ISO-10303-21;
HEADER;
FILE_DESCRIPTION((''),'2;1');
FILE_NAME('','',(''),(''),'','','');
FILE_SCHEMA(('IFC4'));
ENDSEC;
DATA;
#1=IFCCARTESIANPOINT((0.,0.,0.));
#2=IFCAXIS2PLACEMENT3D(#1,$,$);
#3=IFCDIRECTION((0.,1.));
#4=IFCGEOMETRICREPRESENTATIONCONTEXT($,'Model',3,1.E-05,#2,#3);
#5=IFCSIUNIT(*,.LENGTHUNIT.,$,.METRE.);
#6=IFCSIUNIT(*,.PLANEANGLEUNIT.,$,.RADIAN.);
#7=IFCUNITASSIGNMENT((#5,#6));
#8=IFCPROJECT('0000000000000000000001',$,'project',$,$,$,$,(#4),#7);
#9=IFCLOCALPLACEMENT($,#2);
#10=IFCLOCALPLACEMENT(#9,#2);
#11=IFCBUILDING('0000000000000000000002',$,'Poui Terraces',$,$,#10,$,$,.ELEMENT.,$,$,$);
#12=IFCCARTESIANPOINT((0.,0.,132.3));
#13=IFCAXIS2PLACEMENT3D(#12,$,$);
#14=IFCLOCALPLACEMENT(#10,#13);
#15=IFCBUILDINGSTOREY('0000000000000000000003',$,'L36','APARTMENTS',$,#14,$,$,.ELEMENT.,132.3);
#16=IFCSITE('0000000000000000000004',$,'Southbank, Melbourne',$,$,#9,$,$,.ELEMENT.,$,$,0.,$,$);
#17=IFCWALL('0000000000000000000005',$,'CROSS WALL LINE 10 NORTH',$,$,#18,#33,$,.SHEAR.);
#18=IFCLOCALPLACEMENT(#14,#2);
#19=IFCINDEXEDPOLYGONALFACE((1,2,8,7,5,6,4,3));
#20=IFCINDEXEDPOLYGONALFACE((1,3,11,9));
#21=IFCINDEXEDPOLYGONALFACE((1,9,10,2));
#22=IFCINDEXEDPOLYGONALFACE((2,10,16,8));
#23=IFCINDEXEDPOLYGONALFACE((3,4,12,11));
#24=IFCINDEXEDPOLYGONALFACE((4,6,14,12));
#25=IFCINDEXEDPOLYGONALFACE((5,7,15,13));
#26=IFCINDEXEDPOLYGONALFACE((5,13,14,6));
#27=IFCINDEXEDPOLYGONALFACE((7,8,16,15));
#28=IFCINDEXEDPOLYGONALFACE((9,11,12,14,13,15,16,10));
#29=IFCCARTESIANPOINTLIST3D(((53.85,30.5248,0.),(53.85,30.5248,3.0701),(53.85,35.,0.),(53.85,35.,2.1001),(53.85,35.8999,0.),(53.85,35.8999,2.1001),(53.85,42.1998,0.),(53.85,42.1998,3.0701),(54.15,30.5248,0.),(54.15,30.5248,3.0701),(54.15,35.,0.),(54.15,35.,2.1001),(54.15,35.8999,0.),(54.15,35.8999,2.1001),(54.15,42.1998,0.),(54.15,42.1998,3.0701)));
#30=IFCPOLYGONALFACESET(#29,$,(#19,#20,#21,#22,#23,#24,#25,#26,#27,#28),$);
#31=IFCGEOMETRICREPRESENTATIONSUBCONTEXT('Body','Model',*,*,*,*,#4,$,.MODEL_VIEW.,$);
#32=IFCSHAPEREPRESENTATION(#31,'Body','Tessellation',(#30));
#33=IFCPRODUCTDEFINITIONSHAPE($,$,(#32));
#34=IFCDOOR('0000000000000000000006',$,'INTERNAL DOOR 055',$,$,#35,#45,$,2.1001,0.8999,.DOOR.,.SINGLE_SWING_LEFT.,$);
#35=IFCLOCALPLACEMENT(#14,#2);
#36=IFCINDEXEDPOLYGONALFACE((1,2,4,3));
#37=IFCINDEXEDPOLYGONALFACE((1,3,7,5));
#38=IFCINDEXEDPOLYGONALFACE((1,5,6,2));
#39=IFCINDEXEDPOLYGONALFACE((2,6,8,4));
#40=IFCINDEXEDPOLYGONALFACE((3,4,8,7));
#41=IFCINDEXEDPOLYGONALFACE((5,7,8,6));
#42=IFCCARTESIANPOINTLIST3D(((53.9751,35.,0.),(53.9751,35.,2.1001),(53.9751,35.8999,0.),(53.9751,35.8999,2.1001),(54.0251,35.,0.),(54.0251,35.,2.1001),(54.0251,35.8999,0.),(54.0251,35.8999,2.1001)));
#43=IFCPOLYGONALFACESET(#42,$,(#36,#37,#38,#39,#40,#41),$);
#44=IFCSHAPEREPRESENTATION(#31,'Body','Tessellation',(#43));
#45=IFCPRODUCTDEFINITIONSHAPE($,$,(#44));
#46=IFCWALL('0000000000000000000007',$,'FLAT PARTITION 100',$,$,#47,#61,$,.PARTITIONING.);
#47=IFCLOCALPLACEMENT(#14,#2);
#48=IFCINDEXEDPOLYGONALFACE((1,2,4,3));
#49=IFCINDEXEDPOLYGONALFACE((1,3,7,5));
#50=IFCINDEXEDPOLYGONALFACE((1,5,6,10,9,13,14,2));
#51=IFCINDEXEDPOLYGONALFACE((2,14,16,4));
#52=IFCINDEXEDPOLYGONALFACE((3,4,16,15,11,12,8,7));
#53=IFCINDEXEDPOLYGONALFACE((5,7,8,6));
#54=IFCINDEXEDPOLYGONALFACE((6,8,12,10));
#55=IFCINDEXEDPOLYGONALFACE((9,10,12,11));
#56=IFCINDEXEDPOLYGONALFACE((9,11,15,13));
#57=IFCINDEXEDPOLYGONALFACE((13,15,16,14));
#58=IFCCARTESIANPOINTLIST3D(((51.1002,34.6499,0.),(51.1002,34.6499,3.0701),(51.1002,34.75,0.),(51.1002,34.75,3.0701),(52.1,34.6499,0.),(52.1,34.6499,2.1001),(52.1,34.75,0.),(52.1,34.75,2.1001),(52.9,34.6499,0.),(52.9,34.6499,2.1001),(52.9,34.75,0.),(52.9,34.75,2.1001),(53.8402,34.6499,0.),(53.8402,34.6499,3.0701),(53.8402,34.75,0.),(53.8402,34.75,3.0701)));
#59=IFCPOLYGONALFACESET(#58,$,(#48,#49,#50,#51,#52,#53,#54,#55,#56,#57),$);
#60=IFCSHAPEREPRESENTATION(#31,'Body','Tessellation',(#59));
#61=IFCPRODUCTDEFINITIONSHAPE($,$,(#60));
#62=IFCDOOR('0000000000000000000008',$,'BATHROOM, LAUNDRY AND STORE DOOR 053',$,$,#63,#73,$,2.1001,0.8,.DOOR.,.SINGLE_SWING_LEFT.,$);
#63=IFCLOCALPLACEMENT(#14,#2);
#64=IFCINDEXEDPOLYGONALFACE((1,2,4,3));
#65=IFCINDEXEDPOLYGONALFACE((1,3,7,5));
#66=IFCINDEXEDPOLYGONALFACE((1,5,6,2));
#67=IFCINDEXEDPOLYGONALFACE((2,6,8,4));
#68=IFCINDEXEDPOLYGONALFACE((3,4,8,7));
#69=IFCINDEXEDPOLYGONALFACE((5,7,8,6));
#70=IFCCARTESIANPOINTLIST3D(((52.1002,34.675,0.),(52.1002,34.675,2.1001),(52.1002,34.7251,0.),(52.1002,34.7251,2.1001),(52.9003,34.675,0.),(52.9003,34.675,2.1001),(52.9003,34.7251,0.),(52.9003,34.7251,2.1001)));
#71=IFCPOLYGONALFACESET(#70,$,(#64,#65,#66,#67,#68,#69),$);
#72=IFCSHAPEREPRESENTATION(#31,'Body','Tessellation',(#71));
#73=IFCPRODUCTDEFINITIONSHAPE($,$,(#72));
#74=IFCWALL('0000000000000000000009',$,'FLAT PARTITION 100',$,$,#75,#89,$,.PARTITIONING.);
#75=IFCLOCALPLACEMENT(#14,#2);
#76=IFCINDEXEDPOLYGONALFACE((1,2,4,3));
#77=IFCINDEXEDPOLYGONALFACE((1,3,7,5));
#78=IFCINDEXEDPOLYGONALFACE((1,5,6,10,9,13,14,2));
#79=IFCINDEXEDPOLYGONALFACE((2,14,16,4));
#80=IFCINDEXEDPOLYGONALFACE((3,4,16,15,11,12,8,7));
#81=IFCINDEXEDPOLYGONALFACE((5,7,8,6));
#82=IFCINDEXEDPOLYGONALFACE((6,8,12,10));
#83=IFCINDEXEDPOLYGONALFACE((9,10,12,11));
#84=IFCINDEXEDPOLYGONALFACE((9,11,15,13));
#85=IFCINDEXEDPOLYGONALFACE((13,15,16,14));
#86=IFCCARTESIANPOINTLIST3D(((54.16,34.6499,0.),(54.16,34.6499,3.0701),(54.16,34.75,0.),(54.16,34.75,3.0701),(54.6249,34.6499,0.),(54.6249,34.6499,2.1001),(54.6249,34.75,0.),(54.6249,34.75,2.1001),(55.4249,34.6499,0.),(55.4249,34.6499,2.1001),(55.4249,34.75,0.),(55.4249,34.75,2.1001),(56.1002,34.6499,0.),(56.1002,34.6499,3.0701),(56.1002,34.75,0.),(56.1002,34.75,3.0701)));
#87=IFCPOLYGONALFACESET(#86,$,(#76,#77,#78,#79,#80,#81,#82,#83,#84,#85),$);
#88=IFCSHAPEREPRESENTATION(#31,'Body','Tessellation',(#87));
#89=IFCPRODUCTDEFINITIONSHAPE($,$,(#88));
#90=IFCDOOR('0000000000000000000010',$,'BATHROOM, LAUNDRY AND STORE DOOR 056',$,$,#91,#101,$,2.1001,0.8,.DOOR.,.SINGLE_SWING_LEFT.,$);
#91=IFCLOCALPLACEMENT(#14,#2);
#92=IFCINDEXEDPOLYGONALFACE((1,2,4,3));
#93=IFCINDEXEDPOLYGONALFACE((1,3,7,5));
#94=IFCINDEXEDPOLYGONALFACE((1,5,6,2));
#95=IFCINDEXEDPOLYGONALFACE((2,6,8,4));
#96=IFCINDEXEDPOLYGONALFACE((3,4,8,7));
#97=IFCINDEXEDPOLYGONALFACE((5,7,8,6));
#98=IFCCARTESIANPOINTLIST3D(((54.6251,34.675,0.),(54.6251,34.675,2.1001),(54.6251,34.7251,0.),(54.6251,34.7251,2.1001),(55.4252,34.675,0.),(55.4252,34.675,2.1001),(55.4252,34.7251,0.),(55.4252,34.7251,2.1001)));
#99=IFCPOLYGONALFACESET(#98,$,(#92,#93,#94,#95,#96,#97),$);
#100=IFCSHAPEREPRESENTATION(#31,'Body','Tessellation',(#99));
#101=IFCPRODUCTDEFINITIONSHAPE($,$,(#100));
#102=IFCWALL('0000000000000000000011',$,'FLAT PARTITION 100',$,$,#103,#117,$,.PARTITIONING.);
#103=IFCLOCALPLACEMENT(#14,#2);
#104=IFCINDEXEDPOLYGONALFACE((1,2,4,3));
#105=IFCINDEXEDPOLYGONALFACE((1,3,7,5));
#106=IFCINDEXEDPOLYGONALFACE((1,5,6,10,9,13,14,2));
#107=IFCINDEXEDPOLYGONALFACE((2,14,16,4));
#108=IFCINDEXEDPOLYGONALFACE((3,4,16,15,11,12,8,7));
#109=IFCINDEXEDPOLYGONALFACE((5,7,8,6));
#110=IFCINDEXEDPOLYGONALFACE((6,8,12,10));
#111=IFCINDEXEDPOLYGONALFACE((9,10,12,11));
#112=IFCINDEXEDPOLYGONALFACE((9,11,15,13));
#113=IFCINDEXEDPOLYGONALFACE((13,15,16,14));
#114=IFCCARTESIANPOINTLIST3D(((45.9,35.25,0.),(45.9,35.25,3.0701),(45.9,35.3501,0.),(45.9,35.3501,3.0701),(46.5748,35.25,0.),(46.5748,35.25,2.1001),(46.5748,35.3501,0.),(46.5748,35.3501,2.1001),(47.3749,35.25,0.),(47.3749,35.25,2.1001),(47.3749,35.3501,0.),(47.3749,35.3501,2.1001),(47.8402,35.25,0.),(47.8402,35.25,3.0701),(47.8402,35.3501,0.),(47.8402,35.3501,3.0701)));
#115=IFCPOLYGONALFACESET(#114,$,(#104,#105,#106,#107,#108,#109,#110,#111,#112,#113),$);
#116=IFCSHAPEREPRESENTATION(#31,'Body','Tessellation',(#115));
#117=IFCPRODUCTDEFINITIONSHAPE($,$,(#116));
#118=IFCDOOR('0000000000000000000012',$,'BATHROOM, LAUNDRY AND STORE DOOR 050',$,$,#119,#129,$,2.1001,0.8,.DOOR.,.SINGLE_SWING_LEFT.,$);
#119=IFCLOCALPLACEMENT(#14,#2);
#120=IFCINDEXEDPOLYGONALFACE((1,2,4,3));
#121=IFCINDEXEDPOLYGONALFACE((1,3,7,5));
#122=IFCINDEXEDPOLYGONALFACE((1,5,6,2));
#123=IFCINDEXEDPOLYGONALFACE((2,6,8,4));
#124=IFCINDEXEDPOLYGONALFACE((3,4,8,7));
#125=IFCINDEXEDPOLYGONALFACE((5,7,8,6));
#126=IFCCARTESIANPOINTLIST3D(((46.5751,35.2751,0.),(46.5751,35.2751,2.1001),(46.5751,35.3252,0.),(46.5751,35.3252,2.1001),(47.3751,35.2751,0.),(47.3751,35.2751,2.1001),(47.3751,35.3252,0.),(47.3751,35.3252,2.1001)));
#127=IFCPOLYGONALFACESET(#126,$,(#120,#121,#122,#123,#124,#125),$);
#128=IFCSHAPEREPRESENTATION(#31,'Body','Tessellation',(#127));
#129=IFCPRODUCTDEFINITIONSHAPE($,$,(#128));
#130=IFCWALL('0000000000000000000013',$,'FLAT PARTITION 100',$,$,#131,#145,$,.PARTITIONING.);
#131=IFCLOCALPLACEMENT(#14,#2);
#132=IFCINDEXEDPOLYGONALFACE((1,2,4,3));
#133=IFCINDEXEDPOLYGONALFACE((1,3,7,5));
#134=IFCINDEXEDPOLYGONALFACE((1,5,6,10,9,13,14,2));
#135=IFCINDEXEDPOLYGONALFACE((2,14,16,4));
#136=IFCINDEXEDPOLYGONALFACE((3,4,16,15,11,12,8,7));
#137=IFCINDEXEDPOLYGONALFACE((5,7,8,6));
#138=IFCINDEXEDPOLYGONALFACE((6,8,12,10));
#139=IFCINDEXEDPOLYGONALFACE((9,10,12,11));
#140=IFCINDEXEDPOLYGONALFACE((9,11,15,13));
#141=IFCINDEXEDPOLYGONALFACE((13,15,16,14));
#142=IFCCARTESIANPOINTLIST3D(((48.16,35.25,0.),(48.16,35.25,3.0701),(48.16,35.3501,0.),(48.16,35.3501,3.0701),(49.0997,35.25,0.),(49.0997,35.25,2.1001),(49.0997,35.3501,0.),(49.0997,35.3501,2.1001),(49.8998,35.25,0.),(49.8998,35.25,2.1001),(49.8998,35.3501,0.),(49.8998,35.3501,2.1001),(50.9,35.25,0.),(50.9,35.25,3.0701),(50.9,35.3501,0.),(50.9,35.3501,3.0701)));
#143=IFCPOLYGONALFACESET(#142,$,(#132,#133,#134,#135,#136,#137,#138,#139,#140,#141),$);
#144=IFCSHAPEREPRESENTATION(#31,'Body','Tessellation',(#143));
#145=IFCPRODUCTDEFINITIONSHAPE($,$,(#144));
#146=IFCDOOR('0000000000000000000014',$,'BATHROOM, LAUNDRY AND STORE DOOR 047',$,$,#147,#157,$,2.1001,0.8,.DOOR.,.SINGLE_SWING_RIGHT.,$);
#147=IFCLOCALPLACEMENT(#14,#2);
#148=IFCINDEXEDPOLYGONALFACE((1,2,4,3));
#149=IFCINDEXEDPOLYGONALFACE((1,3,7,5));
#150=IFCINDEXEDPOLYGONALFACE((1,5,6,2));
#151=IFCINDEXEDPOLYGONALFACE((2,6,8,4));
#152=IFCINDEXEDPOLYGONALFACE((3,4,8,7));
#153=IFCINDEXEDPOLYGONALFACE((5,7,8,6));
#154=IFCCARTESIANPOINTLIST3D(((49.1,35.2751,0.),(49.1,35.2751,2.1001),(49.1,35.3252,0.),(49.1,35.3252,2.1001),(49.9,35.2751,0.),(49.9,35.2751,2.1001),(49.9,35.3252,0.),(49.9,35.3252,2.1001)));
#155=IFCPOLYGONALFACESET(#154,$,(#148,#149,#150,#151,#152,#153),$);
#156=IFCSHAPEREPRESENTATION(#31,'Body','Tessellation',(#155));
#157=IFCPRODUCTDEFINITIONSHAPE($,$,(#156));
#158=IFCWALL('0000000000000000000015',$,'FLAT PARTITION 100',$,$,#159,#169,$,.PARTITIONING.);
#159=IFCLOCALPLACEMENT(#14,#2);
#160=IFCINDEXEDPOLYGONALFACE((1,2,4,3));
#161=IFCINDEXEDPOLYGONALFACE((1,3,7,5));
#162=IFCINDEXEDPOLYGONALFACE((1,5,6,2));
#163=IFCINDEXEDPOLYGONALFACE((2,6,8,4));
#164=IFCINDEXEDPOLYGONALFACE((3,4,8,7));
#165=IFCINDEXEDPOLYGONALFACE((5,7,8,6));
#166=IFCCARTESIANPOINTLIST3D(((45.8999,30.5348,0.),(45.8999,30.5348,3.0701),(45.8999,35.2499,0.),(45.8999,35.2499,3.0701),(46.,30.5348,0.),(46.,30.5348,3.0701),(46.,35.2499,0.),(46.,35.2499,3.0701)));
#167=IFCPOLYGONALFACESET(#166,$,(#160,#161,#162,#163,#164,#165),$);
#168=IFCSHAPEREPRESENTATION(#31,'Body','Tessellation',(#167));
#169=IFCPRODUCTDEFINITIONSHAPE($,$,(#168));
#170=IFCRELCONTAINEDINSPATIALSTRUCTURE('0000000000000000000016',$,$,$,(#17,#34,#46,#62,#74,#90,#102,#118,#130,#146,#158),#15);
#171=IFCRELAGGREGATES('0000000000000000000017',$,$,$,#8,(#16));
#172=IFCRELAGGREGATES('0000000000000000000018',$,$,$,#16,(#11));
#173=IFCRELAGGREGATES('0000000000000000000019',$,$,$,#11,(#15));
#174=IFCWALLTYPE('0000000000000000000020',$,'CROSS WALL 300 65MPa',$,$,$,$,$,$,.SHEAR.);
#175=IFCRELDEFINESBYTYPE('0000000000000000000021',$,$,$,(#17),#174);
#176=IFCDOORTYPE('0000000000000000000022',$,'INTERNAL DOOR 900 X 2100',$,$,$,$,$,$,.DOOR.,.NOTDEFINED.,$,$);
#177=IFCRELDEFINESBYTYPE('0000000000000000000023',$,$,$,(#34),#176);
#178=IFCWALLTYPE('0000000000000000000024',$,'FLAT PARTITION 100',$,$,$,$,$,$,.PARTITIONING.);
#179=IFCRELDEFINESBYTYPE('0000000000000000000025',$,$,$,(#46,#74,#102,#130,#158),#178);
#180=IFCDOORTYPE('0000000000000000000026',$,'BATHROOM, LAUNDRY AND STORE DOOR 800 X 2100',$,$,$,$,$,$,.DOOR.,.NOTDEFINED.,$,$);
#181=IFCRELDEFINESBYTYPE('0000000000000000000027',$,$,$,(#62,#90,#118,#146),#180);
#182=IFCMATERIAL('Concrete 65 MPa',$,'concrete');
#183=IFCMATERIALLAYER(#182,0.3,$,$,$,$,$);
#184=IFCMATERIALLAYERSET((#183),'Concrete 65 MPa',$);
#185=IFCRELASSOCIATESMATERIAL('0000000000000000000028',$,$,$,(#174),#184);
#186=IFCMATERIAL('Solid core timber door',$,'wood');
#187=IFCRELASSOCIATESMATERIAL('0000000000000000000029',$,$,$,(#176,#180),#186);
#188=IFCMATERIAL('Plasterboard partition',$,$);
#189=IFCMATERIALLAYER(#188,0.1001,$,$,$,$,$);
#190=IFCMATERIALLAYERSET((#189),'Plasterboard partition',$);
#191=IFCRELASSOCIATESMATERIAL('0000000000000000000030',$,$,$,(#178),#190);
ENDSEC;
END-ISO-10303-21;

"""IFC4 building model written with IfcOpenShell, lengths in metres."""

from ifc_helpers import new_model, si_unit, direction, frame, frame_2d, origin, place, context, subcontext, project, spatial, rectangle, extrude, material, layer, layer_set, type_object, element, fill, save


model = new_model("IFC4")

# Units and contexts
model_context = context("Model", 3, precision=1e-05, world=origin(), true_north=direction((0.0, 1.0)))
body_context = subcontext(model_context, "Body", "Model", "MODEL_VIEW")
ifc_project = project(units=[si_unit("LENGTHUNIT", "METRE"), si_unit("PLANEANGLEUNIT", "RADIAN")], contexts=[model_context])

# Site, building, storey
site_placement = place(None, origin())
site = spatial("IfcSite", under=ifc_project, at=site_placement, Name="Southbank, Melbourne", CompositionType="ELEMENT", RefElevation=0.0)
building_placement = place(site_placement, origin())
building = spatial("IfcBuilding", under=site, at=building_placement, Name="Poui Terraces", CompositionType="ELEMENT")
storey_placement = place(building_placement, frame((0.0, 0.0, 132.3)))
storey = spatial("IfcBuildingStorey", under=building, at=storey_placement, Name="L36", Description="APARTMENTS", CompositionType="ELEMENT", Elevation=132.3)

# Walls, openings, doors
ifc_material_1 = material(Name="Concrete 65 MPa", Category="concrete")
ifc_layer_1 = layer(ifc_material_1, 0.3)
ifc_layer_set_1 = layer_set([ifc_layer_1], Name="Concrete 65 MPa")
wall_type_1 = type_object("IfcWallType", Name="CROSS WALL 300 65MPa", PredefinedType="SHEAR", material=ifc_layer_set_1)
wall_1_placement = place(storey_placement, frame((54.0, 30.5249, 0.0), z_axis=(0.0, 0.0, 1.0), x_axis=(0.0, 1.0, 0.0)))
wall_1 = element("IfcWall", 1, at=wall_1_placement, inside=storey, type_object=wall_type_1, Name="CROSS WALL LINE 10 NORTH", PredefinedType="SHEAR", context=body_context, shape_type="SweptSolid", body=[
    extrude(rectangle(XDim=11.675, YDim=0.3, at=frame_2d((5.8374, 0.0))), origin(), (0.0, 0.0, 1.0), 3.0701),
])
opening_1_placement = place(wall_1_placement, frame((4.4751, 0.0, 0.0)))
opening_1 = element("IfcOpeningElement", 2, at=opening_1_placement, cuts=wall_1, PredefinedType="OPENING", context=body_context, shape_type="SweptSolid", body=[
    extrude(rectangle(XDim=0.8999, YDim=2.1001, at=frame_2d((0.45, 1.05))), frame((0.0, 0.1602, 0.0), z_axis=(0.0, -1.0, 0.0), x_axis=(1.0, 0.0, 0.0)), (0.0, 0.0, 1.0), 0.3201),
])
ifc_material_2 = material(Name="Solid core timber door", Category="wood")
door_type_1 = type_object("IfcDoorType", Name="INTERNAL DOOR 900 X 2100", OperationType="NOTDEFINED", PredefinedType="DOOR", material=ifc_material_2)
door_1_placement = place(opening_1_placement, origin())
door_1 = element("IfcDoor", 3, at=door_1_placement, inside=storey, type_object=door_type_1, Name="INTERNAL DOOR 055", OperationType="SINGLE_SWING_LEFT", OverallHeight=2.1001, OverallWidth=0.8999, PredefinedType="DOOR", context=body_context, shape_type="SweptSolid", body=[
    extrude(rectangle(XDim=0.8999, YDim=2.1001, at=frame_2d((0.45, 1.05))), frame((0.0, 0.0249, 0.0), z_axis=(0.0, -1.0, 0.0), x_axis=(1.0, 0.0, 0.0)), (0.0, 0.0, 1.0), 0.05),
])
fill(opening_1, door_1)
ifc_material_3 = material(Name="Plasterboard partition")
ifc_layer_2 = layer(ifc_material_3, 0.1001)
ifc_layer_set_2 = layer_set([ifc_layer_2], Name="Plasterboard partition")
wall_type_2 = type_object("IfcWallType", Name="FLAT PARTITION 100", PredefinedType="PARTITIONING", material=ifc_layer_set_2)
wall_2_placement = place(storey_placement, frame((51.1001, 34.7, 0.0), z_axis=(0.0, 0.0, 1.0), x_axis=(1.0, 0.0, 0.0)))
wall_2 = element("IfcWall", 4, at=wall_2_placement, inside=storey, type_object=wall_type_2, Name="FLAT PARTITION 100", PredefinedType="PARTITIONING", context=body_context, shape_type="SweptSolid", body=[
    extrude(rectangle(XDim=2.74, YDim=0.1001, at=frame_2d((1.3701, 0.0))), origin(), (0.0, 0.0, 1.0), 3.0701),
])
opening_2_placement = place(wall_2_placement, frame((1.0, 0.0, 0.0)))
opening_2 = element("IfcOpeningElement", 5, at=opening_2_placement, cuts=wall_2, PredefinedType="OPENING", context=body_context, shape_type="SweptSolid", body=[
    extrude(rectangle(XDim=0.8, YDim=2.1001, at=frame_2d((0.3999, 1.05))), frame((0.0, 0.0601, 0.0), z_axis=(0.0, -1.0, 0.0), x_axis=(1.0, 0.0, 0.0)), (0.0, 0.0, 1.0), 0.1201),
])
door_type_2 = type_object("IfcDoorType", Name="BATHROOM, LAUNDRY AND STORE DOOR 800 X 2100", OperationType="NOTDEFINED", PredefinedType="DOOR", material=ifc_material_2)
door_2_placement = place(opening_2_placement, frame((0.8, 0.0, 0.0), z_axis=(0.0, 0.0, 1.0), x_axis=(-1.0, 0.0, 0.0)))
door_2 = element("IfcDoor", 6, at=door_2_placement, inside=storey, type_object=door_type_2, Name="BATHROOM, LAUNDRY AND STORE DOOR 053", OperationType="SINGLE_SWING_LEFT", OverallHeight=2.1001, OverallWidth=0.8, PredefinedType="DOOR", context=body_context, shape_type="SweptSolid", body=[
    extrude(rectangle(XDim=0.8, YDim=2.1001, at=frame_2d((0.3999, 1.05))), frame((0.0, 0.0249, 0.0), z_axis=(0.0, -1.0, 0.0), x_axis=(1.0, 0.0, 0.0)), (0.0, 0.0, 1.0), 0.05),
])
fill(opening_2, door_2)
wall_3_placement = place(storey_placement, frame((54.1599, 34.7, 0.0), z_axis=(0.0, 0.0, 1.0), x_axis=(1.0, 0.0, 0.0)))
wall_3 = element("IfcWall", 7, at=wall_3_placement, inside=storey, type_object=wall_type_2, Name="FLAT PARTITION 100", PredefinedType="PARTITIONING", context=body_context, shape_type="SweptSolid", body=[
    extrude(rectangle(XDim=1.9402, YDim=0.1001, at=frame_2d((0.9702, 0.0))), origin(), (0.0, 0.0, 1.0), 3.0701),
])
opening_3_placement = place(wall_3_placement, frame((0.4651, 0.0, 0.0)))
opening_3 = element("IfcOpeningElement", 8, at=opening_3_placement, cuts=wall_3, PredefinedType="OPENING", context=body_context, shape_type="SweptSolid", body=[
    extrude(rectangle(XDim=0.8, YDim=2.1001, at=frame_2d((0.3999, 1.05))), frame((0.0, 0.0601, 0.0), z_axis=(0.0, -1.0, 0.0), x_axis=(1.0, 0.0, 0.0)), (0.0, 0.0, 1.0), 0.1201),
])
door_3_placement = place(opening_3_placement, frame((0.8, 0.0, 0.0), z_axis=(0.0, 0.0, 1.0), x_axis=(-1.0, 0.0, 0.0)))
door_3 = element("IfcDoor", 9, at=door_3_placement, inside=storey, type_object=door_type_2, Name="BATHROOM, LAUNDRY AND STORE DOOR 056", OperationType="SINGLE_SWING_LEFT", OverallHeight=2.1001, OverallWidth=0.8, PredefinedType="DOOR", context=body_context, shape_type="SweptSolid", body=[
    extrude(rectangle(XDim=0.8, YDim=2.1001, at=frame_2d((0.3999, 1.05))), frame((0.0, 0.0249, 0.0), z_axis=(0.0, -1.0, 0.0), x_axis=(1.0, 0.0, 0.0)), (0.0, 0.0, 1.0), 0.05),
])
fill(opening_3, door_3)
wall_4_placement = place(storey_placement, frame((45.8999, 35.3, 0.0), z_axis=(0.0, 0.0, 1.0), x_axis=(1.0, 0.0, 0.0)))
wall_4 = element("IfcWall", 10, at=wall_4_placement, inside=storey, type_object=wall_type_2, Name="FLAT PARTITION 100", PredefinedType="PARTITIONING", context=body_context, shape_type="SweptSolid", body=[
    extrude(rectangle(XDim=1.9402, YDim=0.1001, at=frame_2d((0.9702, 0.0))), origin(), (0.0, 0.0, 1.0), 3.0701),
])
opening_4_placement = place(wall_4_placement, frame((0.675, 0.0, 0.0)))
opening_4 = element("IfcOpeningElement", 11, at=opening_4_placement, cuts=wall_4, PredefinedType="OPENING", context=body_context, shape_type="SweptSolid", body=[
    extrude(rectangle(XDim=0.8, YDim=2.1001, at=frame_2d((0.3999, 1.05))), frame((0.0, 0.0601, 0.0), z_axis=(0.0, -1.0, 0.0), x_axis=(1.0, 0.0, 0.0)), (0.0, 0.0, 1.0), 0.1201),
])
door_4_placement = place(opening_4_placement, frame((0.8, 0.0, 0.0), z_axis=(0.0, 0.0, 1.0), x_axis=(-1.0, 0.0, 0.0)))
door_4 = element("IfcDoor", 12, at=door_4_placement, inside=storey, type_object=door_type_2, Name="BATHROOM, LAUNDRY AND STORE DOOR 050", OperationType="SINGLE_SWING_LEFT", OverallHeight=2.1001, OverallWidth=0.8, PredefinedType="DOOR", context=body_context, shape_type="SweptSolid", body=[
    extrude(rectangle(XDim=0.8, YDim=2.1001, at=frame_2d((0.3999, 1.05))), frame((0.0, 0.0249, 0.0), z_axis=(0.0, -1.0, 0.0), x_axis=(1.0, 0.0, 0.0)), (0.0, 0.0, 1.0), 0.05),
])
fill(opening_4, door_4)
wall_5_placement = place(storey_placement, frame((48.1599, 35.3, 0.0), z_axis=(0.0, 0.0, 1.0), x_axis=(1.0, 0.0, 0.0)))
wall_5 = element("IfcWall", 13, at=wall_5_placement, inside=storey, type_object=wall_type_2, Name="FLAT PARTITION 100", PredefinedType="PARTITIONING", context=body_context, shape_type="SweptSolid", body=[
    extrude(rectangle(XDim=2.74, YDim=0.1001, at=frame_2d((1.3701, 0.0))), origin(), (0.0, 0.0, 1.0), 3.0701),
])
opening_5_placement = place(wall_5_placement, frame((0.9399, 0.0, 0.0)))
opening_5 = element("IfcOpeningElement", 14, at=opening_5_placement, cuts=wall_5, PredefinedType="OPENING", context=body_context, shape_type="SweptSolid", body=[
    extrude(rectangle(XDim=0.8, YDim=2.1001, at=frame_2d((0.3999, 1.05))), frame((0.0, 0.0601, 0.0), z_axis=(0.0, -1.0, 0.0), x_axis=(1.0, 0.0, 0.0)), (0.0, 0.0, 1.0), 0.1201),
])
door_5_placement = place(opening_5_placement, frame((0.8, 0.0, 0.0), z_axis=(0.0, 0.0, 1.0), x_axis=(-1.0, 0.0, 0.0)))
door_5 = element("IfcDoor", 15, at=door_5_placement, inside=storey, type_object=door_type_2, Name="BATHROOM, LAUNDRY AND STORE DOOR 047", OperationType="SINGLE_SWING_RIGHT", OverallHeight=2.1001, OverallWidth=0.8, PredefinedType="DOOR", context=body_context, shape_type="SweptSolid", body=[
    extrude(rectangle(XDim=0.8, YDim=2.1001, at=frame_2d((0.3999, 1.05))), frame((0.0, 0.0249, 0.0), z_axis=(0.0, -1.0, 0.0), x_axis=(1.0, 0.0, 0.0)), (0.0, 0.0, 1.0), 0.05),
])
fill(opening_5, door_5)

# Wall
wall_6_placement = place(storey_placement, frame((45.95, 30.5349, 0.0), z_axis=(0.0, 0.0, 1.0), x_axis=(0.0, 1.0, 0.0)))
element("IfcWall", 16, at=wall_6_placement, inside=storey, type_object=wall_type_2, Name="FLAT PARTITION 100", PredefinedType="PARTITIONING", context=body_context, shape_type="SweptSolid", body=[
    extrude(rectangle(XDim=4.7151, YDim=0.1001, at=frame_2d((2.3574, 0.0))), origin(), (0.0, 0.0, 1.0), 3.0701),
])

save(model, "model.ifc")
